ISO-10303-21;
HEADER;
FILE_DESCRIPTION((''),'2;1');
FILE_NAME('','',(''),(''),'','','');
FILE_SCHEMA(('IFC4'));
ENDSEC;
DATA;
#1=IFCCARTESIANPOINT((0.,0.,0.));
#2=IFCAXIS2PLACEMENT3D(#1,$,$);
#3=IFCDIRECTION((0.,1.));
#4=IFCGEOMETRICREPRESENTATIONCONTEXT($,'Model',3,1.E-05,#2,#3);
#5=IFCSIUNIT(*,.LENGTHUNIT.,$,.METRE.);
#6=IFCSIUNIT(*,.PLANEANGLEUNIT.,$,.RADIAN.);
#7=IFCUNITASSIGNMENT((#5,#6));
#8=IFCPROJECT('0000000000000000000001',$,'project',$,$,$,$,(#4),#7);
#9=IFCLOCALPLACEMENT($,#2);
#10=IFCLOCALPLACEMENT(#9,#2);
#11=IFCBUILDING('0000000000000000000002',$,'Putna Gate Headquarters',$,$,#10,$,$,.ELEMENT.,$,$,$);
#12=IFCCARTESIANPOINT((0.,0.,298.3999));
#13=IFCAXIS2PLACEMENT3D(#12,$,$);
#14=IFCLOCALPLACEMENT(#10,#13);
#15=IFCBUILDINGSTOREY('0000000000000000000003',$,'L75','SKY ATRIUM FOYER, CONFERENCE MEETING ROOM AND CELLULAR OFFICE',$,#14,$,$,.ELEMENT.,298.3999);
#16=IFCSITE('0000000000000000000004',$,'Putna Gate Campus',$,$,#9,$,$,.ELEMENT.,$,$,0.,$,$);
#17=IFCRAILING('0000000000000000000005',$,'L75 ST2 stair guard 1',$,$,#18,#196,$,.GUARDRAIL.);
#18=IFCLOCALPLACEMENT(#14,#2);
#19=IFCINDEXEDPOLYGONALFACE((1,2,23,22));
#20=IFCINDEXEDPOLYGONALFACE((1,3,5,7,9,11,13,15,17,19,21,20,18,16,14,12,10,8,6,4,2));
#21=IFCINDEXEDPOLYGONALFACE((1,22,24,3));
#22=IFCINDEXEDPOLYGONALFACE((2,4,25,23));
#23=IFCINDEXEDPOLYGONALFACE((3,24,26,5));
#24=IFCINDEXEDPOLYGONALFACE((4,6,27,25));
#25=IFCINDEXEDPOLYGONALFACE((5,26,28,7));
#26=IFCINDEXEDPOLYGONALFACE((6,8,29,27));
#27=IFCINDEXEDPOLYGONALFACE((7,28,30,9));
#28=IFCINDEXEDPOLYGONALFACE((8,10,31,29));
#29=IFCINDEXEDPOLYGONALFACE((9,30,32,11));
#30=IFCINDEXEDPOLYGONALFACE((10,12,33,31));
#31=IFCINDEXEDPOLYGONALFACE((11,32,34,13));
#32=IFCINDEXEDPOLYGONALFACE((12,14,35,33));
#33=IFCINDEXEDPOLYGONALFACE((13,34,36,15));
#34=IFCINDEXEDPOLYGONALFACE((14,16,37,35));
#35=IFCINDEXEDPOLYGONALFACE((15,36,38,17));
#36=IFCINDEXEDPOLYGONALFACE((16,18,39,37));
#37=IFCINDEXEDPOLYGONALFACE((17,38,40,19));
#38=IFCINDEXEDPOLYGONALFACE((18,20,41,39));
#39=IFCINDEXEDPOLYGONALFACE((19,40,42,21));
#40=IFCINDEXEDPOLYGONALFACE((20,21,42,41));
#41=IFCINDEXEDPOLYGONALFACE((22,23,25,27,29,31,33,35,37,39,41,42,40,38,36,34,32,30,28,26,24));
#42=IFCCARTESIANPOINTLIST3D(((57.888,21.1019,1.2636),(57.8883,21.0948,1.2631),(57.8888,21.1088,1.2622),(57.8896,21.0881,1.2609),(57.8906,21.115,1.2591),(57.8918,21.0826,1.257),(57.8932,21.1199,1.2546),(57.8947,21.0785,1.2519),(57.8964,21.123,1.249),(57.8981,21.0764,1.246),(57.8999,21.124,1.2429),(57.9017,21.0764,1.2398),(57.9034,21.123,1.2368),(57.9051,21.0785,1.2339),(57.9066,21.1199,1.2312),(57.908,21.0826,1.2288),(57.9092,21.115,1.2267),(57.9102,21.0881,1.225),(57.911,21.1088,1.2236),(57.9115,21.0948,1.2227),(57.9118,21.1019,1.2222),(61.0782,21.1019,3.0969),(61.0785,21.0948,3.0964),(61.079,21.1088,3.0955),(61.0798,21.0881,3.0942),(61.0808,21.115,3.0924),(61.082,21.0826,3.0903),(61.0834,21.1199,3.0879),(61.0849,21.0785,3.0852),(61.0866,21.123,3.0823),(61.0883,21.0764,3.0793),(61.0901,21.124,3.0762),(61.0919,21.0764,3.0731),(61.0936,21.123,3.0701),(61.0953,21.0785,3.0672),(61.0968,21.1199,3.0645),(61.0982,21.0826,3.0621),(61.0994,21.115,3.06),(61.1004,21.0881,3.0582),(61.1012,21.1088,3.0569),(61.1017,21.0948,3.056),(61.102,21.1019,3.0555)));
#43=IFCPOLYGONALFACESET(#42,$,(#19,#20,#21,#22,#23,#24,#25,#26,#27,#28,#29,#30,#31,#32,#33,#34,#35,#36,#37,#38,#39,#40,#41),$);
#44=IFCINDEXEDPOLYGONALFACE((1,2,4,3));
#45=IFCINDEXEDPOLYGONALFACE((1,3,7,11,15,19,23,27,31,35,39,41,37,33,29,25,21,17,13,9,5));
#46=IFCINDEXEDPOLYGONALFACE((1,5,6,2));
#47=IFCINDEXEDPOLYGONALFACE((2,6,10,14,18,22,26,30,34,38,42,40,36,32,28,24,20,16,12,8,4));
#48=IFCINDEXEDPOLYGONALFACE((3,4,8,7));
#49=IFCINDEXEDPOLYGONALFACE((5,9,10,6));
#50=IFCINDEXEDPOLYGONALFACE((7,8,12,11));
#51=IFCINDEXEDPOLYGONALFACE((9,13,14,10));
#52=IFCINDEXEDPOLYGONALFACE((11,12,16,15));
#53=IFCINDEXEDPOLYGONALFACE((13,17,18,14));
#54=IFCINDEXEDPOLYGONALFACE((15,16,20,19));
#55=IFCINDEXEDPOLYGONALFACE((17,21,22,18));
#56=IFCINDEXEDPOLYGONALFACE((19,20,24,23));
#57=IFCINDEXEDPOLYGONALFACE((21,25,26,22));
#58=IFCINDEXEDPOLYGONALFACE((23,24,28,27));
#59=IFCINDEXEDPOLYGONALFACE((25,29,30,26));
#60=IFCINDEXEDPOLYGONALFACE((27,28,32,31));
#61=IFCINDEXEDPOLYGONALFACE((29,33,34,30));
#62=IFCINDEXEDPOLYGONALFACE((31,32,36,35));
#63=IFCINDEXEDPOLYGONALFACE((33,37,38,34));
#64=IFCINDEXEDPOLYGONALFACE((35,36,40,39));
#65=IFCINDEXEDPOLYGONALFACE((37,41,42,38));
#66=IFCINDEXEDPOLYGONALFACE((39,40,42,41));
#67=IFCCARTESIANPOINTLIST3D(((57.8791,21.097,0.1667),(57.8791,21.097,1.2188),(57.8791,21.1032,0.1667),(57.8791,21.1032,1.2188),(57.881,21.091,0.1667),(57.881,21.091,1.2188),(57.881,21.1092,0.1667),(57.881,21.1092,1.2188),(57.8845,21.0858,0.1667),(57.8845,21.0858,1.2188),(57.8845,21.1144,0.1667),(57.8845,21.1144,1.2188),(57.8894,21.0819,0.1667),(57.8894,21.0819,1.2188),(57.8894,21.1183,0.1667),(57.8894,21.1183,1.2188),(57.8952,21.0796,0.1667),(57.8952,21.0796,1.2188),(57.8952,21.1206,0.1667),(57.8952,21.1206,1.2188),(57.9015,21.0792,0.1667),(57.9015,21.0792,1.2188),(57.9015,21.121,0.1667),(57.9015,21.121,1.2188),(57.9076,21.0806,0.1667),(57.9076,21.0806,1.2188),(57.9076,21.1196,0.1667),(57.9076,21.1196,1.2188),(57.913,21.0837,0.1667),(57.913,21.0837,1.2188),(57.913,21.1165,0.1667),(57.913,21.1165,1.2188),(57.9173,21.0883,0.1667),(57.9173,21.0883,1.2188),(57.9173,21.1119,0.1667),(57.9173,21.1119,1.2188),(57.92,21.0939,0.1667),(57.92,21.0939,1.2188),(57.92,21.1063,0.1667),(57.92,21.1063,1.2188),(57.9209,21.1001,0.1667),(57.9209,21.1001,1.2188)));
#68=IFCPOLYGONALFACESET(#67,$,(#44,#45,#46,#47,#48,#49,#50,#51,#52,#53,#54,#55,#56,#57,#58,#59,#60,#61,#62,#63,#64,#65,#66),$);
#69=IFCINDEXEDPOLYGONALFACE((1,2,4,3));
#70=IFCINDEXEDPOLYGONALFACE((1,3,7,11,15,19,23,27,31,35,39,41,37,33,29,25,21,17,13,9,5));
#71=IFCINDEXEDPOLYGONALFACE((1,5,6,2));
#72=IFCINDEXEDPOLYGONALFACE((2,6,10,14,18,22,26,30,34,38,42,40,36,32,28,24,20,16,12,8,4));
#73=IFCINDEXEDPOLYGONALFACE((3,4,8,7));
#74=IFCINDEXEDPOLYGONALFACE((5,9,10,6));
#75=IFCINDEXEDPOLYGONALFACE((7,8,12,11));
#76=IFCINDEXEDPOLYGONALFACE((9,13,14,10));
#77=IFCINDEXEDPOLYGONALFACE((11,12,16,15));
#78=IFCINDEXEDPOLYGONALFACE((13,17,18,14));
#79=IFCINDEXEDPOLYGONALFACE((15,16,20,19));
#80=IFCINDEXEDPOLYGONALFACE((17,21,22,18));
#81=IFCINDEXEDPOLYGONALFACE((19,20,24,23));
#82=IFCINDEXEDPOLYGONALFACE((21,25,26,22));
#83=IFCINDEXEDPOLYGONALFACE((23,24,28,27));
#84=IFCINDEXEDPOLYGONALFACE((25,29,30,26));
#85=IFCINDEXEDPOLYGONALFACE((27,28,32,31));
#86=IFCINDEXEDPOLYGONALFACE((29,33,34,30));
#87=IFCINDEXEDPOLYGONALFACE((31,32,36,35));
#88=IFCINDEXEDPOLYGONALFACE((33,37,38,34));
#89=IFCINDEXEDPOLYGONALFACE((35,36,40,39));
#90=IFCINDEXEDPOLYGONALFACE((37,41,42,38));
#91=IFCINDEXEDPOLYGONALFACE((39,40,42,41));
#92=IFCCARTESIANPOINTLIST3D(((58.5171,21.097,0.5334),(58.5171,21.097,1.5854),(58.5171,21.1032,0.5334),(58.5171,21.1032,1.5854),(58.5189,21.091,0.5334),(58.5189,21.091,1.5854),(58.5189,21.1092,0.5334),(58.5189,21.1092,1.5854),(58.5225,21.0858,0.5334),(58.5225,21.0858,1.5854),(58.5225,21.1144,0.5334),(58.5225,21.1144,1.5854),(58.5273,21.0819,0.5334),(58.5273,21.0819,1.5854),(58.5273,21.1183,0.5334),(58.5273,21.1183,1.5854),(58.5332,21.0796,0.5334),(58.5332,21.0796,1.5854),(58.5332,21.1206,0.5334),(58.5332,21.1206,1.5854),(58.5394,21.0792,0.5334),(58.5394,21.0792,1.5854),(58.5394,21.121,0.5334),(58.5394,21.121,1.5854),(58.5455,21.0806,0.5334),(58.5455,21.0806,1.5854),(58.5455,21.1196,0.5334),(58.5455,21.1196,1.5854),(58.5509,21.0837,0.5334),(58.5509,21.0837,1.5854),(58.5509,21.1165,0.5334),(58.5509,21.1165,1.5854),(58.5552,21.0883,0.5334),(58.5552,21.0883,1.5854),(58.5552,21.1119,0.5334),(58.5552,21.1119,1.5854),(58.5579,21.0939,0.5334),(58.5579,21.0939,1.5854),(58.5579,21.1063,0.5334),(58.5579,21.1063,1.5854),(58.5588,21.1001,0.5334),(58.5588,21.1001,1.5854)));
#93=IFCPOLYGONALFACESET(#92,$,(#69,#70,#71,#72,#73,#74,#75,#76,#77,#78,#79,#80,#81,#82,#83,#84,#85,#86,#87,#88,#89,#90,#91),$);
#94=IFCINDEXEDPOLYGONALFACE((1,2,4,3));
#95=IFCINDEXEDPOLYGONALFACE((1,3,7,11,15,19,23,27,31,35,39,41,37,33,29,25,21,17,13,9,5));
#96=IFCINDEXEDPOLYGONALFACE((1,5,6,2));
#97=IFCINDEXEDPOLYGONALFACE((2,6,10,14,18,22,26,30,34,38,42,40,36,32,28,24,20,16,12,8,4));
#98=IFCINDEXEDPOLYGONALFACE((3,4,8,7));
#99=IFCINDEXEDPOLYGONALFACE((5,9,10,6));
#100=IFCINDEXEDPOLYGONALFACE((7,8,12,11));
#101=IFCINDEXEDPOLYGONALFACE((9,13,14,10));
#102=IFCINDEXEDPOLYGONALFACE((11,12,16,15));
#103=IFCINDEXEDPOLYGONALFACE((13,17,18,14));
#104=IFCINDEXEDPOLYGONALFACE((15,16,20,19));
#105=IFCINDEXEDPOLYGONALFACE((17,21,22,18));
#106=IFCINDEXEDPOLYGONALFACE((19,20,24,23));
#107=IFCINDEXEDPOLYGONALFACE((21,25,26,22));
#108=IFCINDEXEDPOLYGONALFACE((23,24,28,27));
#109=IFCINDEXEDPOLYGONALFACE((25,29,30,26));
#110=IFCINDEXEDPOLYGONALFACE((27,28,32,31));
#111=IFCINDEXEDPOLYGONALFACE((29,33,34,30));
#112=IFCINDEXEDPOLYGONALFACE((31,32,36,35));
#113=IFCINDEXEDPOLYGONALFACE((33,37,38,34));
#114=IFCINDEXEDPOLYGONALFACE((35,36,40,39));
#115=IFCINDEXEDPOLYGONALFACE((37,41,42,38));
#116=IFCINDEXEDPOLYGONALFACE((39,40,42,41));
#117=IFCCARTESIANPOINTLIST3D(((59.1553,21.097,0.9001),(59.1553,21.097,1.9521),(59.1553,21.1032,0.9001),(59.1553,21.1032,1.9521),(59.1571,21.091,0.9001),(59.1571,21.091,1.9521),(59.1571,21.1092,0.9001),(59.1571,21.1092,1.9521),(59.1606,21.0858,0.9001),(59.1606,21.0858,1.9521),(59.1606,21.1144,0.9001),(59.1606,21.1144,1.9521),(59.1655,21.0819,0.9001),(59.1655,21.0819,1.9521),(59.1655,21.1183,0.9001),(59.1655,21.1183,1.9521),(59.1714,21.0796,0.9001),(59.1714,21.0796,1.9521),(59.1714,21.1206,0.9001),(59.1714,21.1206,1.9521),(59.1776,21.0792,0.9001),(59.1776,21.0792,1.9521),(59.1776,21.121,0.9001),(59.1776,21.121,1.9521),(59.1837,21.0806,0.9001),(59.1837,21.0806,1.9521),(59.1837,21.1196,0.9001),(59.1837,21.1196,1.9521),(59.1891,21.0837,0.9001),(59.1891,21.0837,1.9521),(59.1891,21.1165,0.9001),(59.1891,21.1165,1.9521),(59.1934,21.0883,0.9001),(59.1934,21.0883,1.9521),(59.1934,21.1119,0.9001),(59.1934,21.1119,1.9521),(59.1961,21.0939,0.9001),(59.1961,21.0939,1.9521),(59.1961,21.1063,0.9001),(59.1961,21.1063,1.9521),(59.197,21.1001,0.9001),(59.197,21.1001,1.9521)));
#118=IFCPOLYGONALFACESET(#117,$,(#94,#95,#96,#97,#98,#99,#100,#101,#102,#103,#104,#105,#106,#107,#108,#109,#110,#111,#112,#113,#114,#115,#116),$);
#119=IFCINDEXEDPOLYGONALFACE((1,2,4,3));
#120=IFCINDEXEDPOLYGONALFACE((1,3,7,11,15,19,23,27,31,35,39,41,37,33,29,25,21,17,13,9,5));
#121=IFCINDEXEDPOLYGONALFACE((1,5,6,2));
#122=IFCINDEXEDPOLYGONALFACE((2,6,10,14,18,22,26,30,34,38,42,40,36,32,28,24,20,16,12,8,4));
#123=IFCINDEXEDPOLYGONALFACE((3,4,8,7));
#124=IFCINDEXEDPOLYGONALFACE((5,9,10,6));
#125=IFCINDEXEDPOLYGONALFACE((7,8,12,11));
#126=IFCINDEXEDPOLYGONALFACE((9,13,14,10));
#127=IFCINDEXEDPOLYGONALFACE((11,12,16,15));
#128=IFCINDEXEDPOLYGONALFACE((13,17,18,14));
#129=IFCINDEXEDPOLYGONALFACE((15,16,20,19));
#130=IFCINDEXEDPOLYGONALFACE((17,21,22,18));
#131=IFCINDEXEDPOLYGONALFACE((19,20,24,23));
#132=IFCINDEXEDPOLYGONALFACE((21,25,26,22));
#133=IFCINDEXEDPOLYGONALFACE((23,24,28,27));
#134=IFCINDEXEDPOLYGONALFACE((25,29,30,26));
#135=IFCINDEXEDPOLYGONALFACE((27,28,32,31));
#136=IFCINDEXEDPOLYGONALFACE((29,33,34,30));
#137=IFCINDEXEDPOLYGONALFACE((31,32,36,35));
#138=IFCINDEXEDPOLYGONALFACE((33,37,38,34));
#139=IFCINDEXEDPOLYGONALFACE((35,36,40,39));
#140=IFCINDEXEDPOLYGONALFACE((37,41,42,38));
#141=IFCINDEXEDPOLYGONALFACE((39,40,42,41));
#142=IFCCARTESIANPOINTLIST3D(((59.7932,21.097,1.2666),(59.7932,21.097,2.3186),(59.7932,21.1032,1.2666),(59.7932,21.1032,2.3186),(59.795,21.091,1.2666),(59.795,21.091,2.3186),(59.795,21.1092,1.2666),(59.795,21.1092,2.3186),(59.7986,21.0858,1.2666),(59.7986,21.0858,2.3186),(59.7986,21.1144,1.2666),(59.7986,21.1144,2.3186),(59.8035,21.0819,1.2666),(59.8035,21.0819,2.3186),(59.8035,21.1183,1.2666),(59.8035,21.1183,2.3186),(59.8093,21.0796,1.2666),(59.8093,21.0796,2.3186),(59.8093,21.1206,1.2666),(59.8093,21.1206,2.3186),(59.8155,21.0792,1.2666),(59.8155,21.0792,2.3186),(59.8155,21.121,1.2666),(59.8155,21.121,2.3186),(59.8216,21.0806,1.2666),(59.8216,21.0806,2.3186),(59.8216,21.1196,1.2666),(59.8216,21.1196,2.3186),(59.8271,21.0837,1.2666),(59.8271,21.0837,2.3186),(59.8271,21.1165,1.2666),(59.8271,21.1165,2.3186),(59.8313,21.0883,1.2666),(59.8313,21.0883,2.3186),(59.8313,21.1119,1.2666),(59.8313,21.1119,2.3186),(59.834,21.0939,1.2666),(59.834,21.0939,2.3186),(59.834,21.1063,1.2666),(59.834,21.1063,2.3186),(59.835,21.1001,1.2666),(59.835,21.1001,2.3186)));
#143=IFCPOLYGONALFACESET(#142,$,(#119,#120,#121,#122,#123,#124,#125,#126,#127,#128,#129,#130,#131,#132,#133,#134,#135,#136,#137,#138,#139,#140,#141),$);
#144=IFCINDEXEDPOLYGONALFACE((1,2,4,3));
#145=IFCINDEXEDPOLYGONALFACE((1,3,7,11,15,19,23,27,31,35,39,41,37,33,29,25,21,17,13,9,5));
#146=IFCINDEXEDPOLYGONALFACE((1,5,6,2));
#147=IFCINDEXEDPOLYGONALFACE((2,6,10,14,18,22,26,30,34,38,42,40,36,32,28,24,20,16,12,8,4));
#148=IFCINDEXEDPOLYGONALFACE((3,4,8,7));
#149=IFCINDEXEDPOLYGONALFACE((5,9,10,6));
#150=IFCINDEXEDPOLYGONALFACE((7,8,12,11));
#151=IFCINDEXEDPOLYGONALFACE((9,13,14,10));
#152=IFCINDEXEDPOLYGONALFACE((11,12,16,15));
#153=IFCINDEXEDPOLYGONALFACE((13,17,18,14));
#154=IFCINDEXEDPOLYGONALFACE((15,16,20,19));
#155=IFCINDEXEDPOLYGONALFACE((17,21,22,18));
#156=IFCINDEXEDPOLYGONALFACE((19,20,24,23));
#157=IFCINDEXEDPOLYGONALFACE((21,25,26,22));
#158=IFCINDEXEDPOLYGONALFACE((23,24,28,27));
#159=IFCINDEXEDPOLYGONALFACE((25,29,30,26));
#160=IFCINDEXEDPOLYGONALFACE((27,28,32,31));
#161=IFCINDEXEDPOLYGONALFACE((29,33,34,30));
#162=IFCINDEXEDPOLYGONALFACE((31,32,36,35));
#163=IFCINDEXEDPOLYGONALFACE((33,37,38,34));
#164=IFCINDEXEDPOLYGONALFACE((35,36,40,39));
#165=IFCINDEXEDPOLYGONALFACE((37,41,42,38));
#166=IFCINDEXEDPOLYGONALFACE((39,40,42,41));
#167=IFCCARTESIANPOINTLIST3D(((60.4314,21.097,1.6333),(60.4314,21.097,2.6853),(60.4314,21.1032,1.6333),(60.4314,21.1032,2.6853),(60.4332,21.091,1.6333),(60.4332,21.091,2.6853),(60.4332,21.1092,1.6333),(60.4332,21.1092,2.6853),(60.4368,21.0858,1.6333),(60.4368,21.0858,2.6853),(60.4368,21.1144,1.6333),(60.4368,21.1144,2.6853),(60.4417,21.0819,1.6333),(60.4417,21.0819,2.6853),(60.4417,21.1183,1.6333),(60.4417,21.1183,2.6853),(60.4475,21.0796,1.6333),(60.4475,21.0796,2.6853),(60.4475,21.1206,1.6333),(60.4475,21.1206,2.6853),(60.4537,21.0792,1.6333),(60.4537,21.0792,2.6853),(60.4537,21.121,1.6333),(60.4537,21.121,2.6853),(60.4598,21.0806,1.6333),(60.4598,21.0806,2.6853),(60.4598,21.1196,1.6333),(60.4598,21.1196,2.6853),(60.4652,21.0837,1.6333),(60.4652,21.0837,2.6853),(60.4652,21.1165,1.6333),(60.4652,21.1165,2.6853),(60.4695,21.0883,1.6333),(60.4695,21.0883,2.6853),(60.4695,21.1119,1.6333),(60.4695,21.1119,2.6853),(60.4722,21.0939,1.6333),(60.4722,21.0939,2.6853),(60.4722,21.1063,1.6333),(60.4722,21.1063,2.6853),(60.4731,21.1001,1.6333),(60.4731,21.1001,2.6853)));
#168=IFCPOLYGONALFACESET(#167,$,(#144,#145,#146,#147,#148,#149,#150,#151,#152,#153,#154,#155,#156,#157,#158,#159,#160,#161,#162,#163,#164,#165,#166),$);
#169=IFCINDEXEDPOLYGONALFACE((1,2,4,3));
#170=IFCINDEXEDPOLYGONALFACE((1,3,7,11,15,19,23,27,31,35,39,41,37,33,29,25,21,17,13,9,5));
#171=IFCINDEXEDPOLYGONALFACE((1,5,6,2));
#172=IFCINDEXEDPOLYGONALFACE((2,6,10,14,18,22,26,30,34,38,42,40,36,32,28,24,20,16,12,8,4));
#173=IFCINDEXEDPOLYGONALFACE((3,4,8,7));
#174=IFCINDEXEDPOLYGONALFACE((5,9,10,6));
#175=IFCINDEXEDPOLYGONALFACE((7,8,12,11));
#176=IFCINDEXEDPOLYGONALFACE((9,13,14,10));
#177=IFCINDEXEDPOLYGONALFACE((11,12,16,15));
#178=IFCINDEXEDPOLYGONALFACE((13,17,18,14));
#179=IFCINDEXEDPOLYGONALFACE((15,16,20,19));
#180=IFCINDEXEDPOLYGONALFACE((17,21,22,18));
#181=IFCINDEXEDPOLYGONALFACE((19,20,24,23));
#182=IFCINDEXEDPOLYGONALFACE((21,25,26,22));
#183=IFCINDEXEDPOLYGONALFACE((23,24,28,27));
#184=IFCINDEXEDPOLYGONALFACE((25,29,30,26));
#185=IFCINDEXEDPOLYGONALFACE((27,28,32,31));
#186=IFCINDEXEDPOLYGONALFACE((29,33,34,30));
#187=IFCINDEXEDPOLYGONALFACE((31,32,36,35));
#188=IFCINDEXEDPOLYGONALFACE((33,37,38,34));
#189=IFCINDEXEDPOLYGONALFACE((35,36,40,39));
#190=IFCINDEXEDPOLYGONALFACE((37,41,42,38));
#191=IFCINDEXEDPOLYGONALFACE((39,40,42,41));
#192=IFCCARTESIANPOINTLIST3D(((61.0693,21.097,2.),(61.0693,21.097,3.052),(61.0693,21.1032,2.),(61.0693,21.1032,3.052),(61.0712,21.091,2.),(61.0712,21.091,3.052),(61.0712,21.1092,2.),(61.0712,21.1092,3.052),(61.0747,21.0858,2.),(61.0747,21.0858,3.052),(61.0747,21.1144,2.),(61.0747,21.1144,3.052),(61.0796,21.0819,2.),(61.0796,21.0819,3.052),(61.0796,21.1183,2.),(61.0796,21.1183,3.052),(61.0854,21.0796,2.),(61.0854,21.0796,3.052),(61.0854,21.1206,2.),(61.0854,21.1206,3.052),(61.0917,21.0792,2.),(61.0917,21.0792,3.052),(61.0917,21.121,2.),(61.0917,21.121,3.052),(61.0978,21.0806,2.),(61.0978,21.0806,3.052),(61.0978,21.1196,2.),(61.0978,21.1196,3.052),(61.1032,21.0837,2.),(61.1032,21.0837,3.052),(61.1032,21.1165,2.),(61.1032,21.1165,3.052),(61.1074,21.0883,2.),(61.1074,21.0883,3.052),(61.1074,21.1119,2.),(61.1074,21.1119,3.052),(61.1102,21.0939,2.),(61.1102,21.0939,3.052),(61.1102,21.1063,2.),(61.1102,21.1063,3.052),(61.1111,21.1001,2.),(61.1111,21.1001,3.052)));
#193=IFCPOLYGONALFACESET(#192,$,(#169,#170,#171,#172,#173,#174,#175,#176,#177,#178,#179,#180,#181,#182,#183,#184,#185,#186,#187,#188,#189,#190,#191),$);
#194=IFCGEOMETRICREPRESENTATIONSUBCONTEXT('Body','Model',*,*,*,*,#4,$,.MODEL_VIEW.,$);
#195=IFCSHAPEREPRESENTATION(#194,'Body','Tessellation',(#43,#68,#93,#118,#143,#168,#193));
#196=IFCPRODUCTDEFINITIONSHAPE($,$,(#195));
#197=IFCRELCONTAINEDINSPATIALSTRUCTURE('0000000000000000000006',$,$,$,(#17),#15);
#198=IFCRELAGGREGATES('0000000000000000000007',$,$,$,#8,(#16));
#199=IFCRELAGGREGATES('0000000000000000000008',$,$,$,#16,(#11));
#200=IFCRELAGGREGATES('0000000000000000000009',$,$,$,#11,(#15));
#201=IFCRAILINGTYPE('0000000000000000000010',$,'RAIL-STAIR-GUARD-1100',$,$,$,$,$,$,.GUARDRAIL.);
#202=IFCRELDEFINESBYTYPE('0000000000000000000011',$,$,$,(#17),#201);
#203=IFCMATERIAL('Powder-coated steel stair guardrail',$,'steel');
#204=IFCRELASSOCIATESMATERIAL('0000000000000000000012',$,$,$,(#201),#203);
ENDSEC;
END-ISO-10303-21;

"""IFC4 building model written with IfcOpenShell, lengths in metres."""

from ifc_helpers import new_model, si_unit, direction, frame, origin, origin_2d, place, context, subcontext, project, spatial, circle, extrude, material, type_object, element, save


model = new_model("IFC4")

# Units and contexts
model_context = context("Model", 3, precision=1e-05, world=origin(), true_north=direction((0.0, 1.0)))
body_context = subcontext(model_context, "Body", "Model", "MODEL_VIEW")
ifc_project = project(units=[si_unit("LENGTHUNIT", "METRE"), si_unit("PLANEANGLEUNIT", "RADIAN")], contexts=[model_context])

# Site, building, storey
site_placement = place(None, origin())
site = spatial("IfcSite", under=ifc_project, at=site_placement, Name="Putna Gate Campus", CompositionType="ELEMENT", RefElevation=0.0)
building_placement = place(site_placement, origin())
building = spatial("IfcBuilding", under=site, at=building_placement, Name="Putna Gate Headquarters", CompositionType="ELEMENT")
storey_placement = place(building_placement, frame((0.0, 0.0, 298.3999)))
storey = spatial("IfcBuildingStorey", under=building, at=storey_placement, Name="L75", Description="SKY ATRIUM FOYER, CONFERENCE MEETING ROOM AND CELLULAR OFFICE", CompositionType="ELEMENT", Elevation=298.3999)

# Railing
ifc_material_1 = material(Name="Powder-coated steel stair guardrail", Category="steel")
railing_type_1 = type_object("IfcRailingType", Name="RAIL-STAIR-GUARD-1100", PredefinedType="GUARDRAIL", material=ifc_material_1)
railing_1_placement = place(storey_placement, frame((57.8999, 21.1001, 0.1667)))
element("IfcRailing", 1, at=railing_1_placement, inside=storey, type_object=railing_type_1, Name="L75 ST2 stair guard 1", PredefinedType="GUARDRAIL", context=body_context, shape_type="SweptSolid", body=[
    extrude(circle(Radius=0.0239, at=origin_2d()), frame((0.0, 0.0, 1.0762), z_axis=(0.867036, 0.0, 0.498245), x_axis=(0.0, 1.0, 0.0)), (0.0, 0.0, 1.0), 3.6794),
    extrude(circle(Radius=0.021, at=origin_2d()), origin(), (0.0, 0.0, 1.0), 1.052),
    extrude(circle(Radius=0.021, at=origin_2d()), frame((0.6379, 0.0, 0.3667)), (0.0, 0.0, 1.0), 1.052),
    extrude(circle(Radius=0.021, at=origin_2d()), frame((1.2761, 0.0, 0.7334)), (0.0, 0.0, 1.0), 1.052),
    extrude(circle(Radius=0.021, at=origin_2d()), frame((1.9141, 0.0, 1.0999)), (0.0, 0.0, 1.0), 1.052),
    extrude(circle(Radius=0.021, at=origin_2d()), frame((2.5522, 0.0, 1.4666)), (0.0, 0.0, 1.0), 1.052),
    extrude(circle(Radius=0.021, at=origin_2d()), frame((3.1902, 0.0, 1.8333)), (0.0, 0.0, 1.0), 1.052),
])

save(model, "model.ifc")
